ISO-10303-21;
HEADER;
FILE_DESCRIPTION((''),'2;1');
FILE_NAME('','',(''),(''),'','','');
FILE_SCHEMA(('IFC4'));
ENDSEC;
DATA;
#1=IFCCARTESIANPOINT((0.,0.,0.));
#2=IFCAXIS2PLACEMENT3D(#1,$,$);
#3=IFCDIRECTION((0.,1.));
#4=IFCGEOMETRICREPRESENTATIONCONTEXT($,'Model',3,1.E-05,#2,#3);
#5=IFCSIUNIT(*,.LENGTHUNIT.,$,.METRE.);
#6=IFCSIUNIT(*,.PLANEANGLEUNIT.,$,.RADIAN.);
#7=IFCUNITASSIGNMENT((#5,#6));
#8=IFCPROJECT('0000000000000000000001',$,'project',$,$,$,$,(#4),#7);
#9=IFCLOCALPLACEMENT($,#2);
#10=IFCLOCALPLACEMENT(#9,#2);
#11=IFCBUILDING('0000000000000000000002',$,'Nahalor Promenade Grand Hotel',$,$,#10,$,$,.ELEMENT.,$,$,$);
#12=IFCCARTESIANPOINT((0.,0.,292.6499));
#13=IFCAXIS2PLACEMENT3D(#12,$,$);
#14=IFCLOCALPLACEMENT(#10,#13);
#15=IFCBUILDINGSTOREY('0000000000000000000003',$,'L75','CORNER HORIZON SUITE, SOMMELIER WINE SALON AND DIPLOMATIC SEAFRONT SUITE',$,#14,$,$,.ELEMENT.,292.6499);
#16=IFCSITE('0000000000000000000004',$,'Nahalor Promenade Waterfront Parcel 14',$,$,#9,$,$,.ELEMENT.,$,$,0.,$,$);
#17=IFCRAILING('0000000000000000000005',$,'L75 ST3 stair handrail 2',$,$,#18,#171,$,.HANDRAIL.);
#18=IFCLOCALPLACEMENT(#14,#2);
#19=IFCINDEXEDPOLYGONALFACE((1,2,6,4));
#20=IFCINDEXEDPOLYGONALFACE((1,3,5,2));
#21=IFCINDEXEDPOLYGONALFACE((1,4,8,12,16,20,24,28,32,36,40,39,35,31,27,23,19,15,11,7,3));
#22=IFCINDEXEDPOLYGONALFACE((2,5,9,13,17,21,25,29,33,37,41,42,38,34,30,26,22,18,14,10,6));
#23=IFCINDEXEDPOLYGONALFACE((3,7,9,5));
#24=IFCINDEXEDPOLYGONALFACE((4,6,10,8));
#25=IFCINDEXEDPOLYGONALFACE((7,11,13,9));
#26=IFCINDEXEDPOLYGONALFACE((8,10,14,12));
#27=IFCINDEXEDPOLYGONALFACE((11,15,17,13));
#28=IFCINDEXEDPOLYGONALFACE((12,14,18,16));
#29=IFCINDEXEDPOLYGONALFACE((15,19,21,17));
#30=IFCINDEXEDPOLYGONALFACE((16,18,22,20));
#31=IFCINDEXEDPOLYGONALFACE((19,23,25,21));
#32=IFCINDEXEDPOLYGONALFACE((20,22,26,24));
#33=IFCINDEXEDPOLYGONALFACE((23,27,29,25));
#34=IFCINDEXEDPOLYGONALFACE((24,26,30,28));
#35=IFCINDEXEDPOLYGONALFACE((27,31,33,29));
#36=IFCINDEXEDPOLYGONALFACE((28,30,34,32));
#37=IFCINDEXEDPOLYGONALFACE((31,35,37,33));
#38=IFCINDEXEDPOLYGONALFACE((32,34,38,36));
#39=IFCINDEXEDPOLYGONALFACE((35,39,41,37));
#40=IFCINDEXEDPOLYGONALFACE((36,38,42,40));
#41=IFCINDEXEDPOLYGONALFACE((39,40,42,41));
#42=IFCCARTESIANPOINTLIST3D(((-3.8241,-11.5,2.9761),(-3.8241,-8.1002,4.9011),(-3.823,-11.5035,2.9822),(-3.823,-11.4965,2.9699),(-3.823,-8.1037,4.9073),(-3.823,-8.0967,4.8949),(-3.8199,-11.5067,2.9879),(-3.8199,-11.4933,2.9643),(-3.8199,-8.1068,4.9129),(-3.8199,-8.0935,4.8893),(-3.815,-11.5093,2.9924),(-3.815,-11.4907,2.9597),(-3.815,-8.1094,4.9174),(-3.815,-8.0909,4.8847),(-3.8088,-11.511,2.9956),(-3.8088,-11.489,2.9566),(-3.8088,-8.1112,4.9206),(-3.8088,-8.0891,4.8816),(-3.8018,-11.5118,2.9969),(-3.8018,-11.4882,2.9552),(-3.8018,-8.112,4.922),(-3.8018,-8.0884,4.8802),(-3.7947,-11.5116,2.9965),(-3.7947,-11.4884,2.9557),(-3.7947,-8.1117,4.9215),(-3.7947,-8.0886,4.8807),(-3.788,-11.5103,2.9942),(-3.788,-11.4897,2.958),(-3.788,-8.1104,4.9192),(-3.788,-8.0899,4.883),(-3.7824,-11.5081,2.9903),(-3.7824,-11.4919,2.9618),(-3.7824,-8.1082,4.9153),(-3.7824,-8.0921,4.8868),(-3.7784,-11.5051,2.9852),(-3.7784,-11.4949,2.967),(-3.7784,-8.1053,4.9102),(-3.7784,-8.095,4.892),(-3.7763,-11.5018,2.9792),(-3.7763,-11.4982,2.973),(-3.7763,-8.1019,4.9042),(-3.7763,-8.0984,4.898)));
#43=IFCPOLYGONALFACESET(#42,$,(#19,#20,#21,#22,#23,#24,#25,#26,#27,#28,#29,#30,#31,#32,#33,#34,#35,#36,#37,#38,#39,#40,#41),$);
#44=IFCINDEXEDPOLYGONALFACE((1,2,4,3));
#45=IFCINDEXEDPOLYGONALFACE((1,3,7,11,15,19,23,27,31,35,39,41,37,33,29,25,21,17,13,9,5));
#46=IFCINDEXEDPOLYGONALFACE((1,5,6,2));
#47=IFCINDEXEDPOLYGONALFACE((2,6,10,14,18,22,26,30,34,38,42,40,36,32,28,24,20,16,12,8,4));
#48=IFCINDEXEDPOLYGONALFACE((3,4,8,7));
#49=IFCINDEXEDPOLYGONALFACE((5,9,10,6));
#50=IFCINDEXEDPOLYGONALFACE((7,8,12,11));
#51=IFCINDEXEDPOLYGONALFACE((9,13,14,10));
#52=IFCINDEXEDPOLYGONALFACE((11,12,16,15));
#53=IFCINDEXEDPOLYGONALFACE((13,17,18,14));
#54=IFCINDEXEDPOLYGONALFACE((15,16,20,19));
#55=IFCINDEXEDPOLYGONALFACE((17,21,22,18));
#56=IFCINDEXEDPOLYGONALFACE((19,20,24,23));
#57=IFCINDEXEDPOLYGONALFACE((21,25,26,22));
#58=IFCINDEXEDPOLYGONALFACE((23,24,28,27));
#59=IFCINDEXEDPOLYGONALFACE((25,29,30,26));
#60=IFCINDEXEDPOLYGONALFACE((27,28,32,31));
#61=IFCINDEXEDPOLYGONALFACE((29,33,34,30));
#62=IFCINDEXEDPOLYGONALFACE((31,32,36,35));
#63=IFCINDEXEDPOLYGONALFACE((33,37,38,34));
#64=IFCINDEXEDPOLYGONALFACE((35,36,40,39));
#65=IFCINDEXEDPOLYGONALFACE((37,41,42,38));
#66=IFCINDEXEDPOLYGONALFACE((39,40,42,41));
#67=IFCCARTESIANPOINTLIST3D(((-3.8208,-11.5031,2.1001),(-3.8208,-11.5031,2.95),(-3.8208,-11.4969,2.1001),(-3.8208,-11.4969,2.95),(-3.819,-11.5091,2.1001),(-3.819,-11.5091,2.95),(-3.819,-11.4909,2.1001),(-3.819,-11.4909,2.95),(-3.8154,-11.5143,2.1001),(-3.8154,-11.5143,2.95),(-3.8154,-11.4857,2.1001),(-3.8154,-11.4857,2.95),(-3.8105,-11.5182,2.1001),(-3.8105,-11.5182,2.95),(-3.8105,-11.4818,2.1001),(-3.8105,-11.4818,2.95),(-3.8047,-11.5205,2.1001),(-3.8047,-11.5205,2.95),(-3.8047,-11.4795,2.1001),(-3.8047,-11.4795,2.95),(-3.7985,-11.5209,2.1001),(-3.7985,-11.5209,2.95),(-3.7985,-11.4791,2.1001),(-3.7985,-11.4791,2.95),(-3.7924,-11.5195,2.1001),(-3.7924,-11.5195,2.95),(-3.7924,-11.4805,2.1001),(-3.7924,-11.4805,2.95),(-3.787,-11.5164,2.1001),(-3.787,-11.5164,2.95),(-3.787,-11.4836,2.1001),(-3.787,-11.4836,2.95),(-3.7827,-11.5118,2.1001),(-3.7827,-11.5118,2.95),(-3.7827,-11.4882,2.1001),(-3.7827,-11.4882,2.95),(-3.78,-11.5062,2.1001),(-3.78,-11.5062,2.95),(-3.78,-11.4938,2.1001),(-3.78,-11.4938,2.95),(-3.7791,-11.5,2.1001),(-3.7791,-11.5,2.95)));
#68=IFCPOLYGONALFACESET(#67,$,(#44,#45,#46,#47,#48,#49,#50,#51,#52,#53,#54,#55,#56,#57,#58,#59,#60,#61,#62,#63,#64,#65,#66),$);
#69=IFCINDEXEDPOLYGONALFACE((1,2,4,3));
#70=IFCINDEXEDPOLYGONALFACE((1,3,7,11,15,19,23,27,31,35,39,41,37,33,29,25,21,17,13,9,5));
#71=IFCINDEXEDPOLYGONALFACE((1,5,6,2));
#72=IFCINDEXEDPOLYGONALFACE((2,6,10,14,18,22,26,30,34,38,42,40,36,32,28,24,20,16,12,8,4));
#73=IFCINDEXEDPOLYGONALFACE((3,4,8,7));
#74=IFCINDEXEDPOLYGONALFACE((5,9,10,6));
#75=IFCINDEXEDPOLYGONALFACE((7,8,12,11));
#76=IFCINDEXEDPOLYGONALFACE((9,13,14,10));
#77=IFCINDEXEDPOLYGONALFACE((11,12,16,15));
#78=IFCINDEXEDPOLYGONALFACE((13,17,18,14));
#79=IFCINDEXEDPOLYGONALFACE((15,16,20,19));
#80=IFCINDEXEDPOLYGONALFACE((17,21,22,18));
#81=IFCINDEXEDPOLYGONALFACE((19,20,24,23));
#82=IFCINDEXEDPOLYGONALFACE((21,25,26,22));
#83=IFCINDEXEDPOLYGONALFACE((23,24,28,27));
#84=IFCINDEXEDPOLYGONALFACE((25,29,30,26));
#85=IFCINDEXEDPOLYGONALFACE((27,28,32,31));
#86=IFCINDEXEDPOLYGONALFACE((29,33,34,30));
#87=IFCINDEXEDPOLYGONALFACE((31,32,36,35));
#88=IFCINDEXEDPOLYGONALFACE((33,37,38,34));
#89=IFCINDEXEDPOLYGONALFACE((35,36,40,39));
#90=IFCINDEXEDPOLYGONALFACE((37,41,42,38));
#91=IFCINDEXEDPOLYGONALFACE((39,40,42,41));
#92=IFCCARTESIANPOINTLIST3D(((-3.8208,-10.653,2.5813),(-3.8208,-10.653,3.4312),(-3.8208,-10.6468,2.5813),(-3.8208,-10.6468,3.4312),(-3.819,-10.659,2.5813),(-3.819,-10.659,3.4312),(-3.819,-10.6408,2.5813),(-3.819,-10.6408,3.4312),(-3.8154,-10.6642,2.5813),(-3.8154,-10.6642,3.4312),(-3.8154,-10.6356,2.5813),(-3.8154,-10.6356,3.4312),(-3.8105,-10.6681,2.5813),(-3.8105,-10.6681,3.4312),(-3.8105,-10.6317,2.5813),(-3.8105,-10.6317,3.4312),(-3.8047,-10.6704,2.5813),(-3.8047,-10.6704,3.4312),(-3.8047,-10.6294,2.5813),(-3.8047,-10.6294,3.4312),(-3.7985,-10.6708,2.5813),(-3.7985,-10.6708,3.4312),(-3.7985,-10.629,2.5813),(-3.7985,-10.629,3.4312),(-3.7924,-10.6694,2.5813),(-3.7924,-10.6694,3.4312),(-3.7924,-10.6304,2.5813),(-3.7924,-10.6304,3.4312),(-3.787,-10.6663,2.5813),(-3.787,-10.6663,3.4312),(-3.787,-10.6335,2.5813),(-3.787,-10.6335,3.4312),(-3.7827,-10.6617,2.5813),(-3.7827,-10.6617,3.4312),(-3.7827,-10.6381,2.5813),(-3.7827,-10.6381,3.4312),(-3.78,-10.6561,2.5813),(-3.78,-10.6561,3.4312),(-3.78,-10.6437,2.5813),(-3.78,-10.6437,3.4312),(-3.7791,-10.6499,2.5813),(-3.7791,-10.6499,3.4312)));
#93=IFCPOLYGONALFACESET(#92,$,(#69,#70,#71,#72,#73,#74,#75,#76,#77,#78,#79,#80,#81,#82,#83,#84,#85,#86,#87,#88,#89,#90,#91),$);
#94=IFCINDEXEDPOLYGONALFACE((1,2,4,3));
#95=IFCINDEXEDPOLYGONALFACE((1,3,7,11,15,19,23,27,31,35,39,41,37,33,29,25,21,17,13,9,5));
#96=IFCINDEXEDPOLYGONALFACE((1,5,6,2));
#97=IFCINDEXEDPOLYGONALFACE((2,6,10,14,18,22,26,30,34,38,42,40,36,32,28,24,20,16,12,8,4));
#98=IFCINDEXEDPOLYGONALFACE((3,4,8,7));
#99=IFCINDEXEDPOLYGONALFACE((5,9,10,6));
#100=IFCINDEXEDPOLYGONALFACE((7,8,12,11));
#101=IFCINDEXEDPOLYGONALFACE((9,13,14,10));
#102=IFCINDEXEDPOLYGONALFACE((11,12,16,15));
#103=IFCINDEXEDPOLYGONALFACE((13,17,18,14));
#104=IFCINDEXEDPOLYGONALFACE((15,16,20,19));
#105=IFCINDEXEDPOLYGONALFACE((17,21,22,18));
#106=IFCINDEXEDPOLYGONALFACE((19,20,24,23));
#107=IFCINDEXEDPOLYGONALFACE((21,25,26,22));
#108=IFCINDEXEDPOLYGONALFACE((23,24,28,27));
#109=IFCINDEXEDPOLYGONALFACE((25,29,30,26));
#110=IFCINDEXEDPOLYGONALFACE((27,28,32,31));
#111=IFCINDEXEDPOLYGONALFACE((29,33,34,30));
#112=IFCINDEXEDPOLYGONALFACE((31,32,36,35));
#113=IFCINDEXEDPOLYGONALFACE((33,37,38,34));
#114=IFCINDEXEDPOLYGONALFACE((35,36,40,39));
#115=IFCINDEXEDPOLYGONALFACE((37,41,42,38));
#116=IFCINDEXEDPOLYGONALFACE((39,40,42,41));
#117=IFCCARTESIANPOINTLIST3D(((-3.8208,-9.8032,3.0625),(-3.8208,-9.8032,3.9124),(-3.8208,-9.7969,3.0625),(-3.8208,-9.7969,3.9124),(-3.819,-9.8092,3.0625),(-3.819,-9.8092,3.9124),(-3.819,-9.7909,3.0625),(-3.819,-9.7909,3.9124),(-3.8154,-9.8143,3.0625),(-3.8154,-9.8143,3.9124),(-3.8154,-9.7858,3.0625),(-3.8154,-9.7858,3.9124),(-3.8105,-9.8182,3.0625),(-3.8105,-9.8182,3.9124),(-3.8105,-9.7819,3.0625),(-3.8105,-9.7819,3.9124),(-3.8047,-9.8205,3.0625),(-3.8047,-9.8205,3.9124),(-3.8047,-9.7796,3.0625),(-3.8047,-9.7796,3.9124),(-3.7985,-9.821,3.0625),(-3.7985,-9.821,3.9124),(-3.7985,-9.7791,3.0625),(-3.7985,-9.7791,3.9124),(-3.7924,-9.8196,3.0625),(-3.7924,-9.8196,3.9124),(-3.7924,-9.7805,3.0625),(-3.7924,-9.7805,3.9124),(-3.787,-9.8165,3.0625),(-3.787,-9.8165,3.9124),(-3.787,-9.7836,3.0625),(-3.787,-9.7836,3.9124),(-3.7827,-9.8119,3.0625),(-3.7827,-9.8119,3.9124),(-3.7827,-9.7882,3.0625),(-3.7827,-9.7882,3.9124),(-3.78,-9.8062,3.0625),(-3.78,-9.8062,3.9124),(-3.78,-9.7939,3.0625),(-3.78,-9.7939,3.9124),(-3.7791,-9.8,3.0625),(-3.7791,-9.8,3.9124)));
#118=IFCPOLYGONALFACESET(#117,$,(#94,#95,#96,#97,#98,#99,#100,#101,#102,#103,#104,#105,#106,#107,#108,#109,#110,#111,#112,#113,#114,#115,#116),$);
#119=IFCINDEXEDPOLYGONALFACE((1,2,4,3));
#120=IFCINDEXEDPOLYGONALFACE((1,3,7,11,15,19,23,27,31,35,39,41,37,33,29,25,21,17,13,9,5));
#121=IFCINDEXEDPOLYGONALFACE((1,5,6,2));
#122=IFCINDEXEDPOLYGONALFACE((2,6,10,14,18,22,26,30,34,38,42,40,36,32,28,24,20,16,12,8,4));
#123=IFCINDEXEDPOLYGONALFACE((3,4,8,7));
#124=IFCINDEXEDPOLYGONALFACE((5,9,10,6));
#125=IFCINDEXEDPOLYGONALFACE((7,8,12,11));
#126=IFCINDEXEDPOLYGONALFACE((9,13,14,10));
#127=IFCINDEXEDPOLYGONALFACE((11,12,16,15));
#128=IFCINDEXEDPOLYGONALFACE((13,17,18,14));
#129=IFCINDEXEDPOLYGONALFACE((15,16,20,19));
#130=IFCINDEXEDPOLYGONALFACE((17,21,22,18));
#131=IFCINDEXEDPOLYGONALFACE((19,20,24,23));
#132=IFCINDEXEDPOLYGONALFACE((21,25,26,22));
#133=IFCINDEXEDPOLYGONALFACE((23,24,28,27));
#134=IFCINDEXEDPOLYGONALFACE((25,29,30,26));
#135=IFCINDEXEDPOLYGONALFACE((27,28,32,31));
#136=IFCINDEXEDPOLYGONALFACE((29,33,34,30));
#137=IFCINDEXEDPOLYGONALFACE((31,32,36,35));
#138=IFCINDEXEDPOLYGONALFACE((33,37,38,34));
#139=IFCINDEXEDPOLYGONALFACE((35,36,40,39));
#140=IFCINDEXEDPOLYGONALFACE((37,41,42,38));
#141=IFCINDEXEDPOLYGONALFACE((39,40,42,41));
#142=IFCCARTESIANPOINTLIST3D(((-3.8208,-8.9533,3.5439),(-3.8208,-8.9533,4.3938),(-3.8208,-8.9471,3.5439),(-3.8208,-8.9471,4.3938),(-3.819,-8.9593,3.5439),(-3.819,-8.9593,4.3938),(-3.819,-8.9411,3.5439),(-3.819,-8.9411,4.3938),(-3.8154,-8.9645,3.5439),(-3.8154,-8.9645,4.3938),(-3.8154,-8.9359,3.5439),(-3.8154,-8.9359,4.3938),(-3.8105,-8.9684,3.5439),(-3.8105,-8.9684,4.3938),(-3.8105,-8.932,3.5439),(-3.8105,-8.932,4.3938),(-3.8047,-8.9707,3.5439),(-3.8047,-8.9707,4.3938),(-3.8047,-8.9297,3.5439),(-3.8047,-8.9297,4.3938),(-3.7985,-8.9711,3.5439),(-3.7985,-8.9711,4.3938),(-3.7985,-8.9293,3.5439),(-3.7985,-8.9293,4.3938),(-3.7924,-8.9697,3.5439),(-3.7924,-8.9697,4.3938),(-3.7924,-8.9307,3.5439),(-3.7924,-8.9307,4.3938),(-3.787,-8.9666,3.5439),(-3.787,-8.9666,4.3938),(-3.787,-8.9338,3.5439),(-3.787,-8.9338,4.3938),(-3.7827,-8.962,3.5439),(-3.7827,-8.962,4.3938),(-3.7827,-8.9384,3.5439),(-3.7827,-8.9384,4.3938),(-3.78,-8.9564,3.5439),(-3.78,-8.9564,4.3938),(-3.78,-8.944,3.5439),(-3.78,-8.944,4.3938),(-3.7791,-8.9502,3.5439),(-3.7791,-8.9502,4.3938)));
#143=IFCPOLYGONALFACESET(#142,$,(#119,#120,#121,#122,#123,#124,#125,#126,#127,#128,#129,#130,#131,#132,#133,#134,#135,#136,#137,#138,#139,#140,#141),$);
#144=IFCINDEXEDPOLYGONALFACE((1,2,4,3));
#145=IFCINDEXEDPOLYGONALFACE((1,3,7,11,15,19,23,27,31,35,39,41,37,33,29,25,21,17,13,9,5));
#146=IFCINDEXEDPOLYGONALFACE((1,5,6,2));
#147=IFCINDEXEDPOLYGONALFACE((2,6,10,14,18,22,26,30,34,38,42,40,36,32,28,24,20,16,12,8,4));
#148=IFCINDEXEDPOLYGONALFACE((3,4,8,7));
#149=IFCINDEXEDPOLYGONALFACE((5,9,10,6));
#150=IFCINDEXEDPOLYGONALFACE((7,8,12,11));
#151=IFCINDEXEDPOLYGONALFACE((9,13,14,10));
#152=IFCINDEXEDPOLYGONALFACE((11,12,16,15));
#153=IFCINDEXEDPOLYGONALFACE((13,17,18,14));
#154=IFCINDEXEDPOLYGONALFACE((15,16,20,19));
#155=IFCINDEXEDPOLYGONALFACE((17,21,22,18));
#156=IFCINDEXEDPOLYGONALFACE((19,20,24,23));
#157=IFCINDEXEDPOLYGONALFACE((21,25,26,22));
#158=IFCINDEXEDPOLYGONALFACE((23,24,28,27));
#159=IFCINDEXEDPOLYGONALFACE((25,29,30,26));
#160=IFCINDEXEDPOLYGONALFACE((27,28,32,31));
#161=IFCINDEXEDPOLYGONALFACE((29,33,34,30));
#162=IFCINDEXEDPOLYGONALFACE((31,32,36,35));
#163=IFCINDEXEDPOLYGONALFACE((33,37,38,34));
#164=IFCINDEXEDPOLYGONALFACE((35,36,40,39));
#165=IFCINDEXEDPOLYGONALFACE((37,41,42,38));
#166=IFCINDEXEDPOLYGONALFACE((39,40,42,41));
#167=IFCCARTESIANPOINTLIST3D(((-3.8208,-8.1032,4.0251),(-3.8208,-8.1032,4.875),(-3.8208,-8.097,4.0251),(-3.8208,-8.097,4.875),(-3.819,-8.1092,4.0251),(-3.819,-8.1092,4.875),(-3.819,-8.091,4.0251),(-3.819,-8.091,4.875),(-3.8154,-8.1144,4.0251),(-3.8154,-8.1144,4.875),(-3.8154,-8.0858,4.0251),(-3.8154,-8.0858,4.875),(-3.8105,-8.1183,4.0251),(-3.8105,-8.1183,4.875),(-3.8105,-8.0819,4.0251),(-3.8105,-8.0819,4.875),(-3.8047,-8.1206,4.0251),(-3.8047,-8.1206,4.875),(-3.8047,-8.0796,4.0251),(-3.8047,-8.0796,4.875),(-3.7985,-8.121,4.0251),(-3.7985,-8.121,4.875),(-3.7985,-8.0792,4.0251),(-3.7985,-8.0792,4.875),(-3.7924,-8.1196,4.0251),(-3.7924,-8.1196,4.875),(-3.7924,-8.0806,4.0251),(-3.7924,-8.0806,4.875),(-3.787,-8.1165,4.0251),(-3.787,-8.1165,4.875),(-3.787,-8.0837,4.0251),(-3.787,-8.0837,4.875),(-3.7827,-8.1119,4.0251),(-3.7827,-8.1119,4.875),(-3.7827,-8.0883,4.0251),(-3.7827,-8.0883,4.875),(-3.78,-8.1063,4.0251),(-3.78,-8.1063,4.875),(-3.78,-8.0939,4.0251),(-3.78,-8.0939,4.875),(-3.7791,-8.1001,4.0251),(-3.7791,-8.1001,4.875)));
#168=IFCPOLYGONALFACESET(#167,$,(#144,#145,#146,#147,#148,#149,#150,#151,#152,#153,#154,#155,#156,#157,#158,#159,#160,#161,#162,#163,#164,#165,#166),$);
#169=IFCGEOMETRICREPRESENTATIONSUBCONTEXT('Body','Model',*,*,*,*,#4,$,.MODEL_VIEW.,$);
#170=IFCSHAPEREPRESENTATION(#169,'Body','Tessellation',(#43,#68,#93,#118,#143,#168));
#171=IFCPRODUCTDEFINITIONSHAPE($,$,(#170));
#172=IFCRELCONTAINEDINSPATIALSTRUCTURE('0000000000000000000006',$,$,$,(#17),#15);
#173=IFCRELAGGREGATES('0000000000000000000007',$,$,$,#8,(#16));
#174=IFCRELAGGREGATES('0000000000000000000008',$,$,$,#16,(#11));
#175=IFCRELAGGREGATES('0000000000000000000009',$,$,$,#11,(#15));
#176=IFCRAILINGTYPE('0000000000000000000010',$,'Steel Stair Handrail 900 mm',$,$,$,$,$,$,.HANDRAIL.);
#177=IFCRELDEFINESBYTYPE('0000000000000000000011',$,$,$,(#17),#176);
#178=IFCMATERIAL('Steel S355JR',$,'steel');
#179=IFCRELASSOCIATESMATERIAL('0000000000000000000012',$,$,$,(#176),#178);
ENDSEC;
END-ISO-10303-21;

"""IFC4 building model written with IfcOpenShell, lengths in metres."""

from ifc_helpers import new_model, si_unit, direction, frame, origin, origin_2d, place, context, subcontext, project, spatial, circle, extrude, material, type_object, element, save


model = new_model("IFC4")

# Units and contexts
model_context = context("Model", 3, precision=1e-05, world=origin(), true_north=direction((0.0, 1.0)))
body_context = subcontext(model_context, "Body", "Model", "MODEL_VIEW")
ifc_project = project(units=[si_unit("LENGTHUNIT", "METRE"), si_unit("PLANEANGLEUNIT", "RADIAN")], contexts=[model_context])

# Site, building, storey
site_placement = place(None, origin())
site = spatial("IfcSite", under=ifc_project, at=site_placement, Name="Nahalor Promenade Waterfront Parcel 14", CompositionType="ELEMENT", RefElevation=0.0)
building_placement = place(site_placement, origin())
building = spatial("IfcBuilding", under=site, at=building_placement, Name="Nahalor Promenade Grand Hotel", CompositionType="ELEMENT")
storey_placement = place(building_placement, frame((0.0, 0.0, 292.6499)))
storey = spatial("IfcBuildingStorey", under=building, at=storey_placement, Name="L75", Description="CORNER HORIZON SUITE, SOMMELIER WINE SALON AND DIPLOMATIC SEAFRONT SUITE", CompositionType="ELEMENT", Elevation=292.6499)

# Shared definitions
ifc_material_1 = material(Name="Steel S355JR", Category="steel")

# Railing
railing_type_1 = type_object("IfcRailingType", Name="Steel Stair Handrail 900 mm", PredefinedType="HANDRAIL", material=ifc_material_1)
railing_1_placement = place(storey_placement, frame((-3.8, -11.5, 2.1001)))
element("IfcRailing", 1, at=railing_1_placement, inside=storey, type_object=railing_type_1, Name="L75 ST3 stair handrail 2", PredefinedType="HANDRAIL", context=body_context, shape_type="SweptSolid", body=[
    extrude(circle(Radius=0.024, at=origin_2d()), frame((0.0, 0.0, 0.876), z_axis=(0.0, 0.870194, 0.49271), x_axis=(-1.0, 0.0, 0.0)), (0.0, 0.0, 1.0), 3.907),
    extrude(circle(Radius=0.021, at=origin_2d()), origin(), (0.0, 0.0, 1.0), 0.8499),
    extrude(circle(Radius=0.021, at=origin_2d()), frame((0.0, 0.8501, 0.4812)), (0.0, 0.0, 1.0), 0.8499),
    extrude(circle(Radius=0.021, at=origin_2d()), frame((0.0, 1.7, 0.9624)), (0.0, 0.0, 1.0), 0.8499),
    extrude(circle(Radius=0.021, at=origin_2d()), frame((0.0, 2.5498, 1.4438)), (0.0, 0.0, 1.0), 0.8499),
    extrude(circle(Radius=0.021, at=origin_2d()), frame((0.0, 3.3999, 1.925)), (0.0, 0.0, 1.0), 0.8499),
])

save(model, "model.ifc")
